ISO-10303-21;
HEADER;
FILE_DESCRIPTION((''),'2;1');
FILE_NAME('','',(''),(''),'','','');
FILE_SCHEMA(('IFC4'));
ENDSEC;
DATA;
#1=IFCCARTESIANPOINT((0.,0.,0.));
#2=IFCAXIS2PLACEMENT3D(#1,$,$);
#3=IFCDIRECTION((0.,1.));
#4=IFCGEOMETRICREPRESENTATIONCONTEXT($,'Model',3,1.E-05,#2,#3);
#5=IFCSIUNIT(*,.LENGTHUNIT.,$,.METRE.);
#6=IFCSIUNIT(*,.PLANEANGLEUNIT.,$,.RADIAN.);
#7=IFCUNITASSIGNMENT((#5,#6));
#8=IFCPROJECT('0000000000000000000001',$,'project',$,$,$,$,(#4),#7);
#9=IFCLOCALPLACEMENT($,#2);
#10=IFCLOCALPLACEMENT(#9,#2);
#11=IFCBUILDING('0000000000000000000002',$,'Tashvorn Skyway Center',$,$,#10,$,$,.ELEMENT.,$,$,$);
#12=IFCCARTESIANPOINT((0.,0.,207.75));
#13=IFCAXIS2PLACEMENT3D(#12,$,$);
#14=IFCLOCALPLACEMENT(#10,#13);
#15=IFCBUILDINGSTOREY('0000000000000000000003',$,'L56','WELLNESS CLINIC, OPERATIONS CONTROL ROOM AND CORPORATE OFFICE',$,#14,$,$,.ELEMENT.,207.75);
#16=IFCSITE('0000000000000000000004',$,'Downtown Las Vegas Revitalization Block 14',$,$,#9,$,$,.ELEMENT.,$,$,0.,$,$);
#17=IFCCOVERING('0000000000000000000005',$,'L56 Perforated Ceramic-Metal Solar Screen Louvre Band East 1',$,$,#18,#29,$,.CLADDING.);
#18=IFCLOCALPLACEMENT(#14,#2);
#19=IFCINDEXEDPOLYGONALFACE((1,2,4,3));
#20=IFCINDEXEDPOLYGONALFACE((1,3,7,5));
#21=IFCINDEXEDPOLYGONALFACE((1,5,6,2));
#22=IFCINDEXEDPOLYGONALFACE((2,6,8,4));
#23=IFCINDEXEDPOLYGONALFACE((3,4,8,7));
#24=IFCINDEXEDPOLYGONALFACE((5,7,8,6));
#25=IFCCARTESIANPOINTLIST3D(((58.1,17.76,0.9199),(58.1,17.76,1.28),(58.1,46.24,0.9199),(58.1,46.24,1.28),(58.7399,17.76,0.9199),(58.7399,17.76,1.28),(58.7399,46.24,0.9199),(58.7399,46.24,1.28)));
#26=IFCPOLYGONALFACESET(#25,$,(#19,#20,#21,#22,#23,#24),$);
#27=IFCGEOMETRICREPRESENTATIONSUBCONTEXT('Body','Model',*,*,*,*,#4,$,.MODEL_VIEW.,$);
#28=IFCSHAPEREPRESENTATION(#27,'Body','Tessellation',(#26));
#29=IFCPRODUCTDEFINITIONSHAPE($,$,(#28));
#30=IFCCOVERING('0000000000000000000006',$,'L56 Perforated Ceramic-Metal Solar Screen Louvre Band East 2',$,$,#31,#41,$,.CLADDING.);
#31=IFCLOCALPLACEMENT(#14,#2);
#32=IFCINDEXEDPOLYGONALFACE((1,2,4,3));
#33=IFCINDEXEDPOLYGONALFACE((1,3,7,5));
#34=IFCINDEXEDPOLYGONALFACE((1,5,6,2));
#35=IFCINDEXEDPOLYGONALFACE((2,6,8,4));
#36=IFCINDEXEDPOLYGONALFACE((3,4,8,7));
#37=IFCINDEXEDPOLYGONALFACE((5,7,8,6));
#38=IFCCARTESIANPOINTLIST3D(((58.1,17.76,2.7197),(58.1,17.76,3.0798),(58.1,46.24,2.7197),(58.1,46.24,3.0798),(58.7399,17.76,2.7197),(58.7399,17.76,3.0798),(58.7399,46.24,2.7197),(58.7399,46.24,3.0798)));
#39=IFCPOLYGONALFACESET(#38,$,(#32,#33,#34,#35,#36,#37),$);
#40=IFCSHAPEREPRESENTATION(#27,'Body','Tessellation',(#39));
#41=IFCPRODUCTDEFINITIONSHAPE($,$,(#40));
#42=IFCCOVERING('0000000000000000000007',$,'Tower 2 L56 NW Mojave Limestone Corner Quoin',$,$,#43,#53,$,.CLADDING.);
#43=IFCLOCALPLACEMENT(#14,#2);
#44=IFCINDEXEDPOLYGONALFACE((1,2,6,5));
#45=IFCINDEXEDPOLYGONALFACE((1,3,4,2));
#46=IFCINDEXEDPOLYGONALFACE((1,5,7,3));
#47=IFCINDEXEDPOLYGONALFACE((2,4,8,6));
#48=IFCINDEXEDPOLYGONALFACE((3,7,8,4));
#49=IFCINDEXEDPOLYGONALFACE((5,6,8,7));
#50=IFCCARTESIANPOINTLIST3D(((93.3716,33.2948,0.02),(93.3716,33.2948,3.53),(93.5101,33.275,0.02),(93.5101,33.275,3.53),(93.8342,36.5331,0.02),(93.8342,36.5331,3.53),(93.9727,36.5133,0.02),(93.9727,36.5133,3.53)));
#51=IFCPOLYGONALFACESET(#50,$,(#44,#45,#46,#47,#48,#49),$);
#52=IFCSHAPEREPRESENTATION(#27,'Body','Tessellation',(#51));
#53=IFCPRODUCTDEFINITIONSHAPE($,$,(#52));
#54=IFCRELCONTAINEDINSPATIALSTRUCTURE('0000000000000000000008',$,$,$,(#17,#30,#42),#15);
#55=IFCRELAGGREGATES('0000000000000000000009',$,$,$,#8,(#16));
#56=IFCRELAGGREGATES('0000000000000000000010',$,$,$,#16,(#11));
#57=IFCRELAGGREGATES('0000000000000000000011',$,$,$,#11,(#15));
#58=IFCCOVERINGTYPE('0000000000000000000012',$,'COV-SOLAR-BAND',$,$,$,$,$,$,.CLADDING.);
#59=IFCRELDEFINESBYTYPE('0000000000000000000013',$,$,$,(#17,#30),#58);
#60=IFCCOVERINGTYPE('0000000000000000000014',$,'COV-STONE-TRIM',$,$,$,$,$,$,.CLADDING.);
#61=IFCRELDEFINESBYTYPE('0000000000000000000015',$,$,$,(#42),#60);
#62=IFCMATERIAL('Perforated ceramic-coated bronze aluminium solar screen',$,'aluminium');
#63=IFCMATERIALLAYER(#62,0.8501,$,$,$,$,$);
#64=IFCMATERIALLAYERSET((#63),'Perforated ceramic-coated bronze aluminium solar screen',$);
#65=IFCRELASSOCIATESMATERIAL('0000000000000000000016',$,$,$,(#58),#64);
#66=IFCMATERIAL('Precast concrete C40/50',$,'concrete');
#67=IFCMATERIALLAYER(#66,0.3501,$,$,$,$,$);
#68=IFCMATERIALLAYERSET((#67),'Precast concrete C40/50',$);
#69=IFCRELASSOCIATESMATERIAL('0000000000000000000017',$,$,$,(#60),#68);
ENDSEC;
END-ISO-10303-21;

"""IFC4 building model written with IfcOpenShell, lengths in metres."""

from ifc_helpers import new_model, si_unit, direction, frame, origin, origin_2d, place, context, subcontext, project, spatial, rectangle, extrude, material, layer, layer_set, type_object, element, save


model = new_model("IFC4")

# Units and contexts
model_context = context("Model", 3, precision=1e-05, world=origin(), true_north=direction((0.0, 1.0)))
body_context = subcontext(model_context, "Body", "Model", "MODEL_VIEW")
ifc_project = project(units=[si_unit("LENGTHUNIT", "METRE"), si_unit("PLANEANGLEUNIT", "RADIAN")], contexts=[model_context])

# Site, building, storey
site_placement = place(None, origin())
site = spatial("IfcSite", under=ifc_project, at=site_placement, Name="Downtown Las Vegas Revitalization Block 14", CompositionType="ELEMENT", RefElevation=0.0)
building_placement = place(site_placement, origin())
building = spatial("IfcBuilding", under=site, at=building_placement, Name="Tashvorn Skyway Center", CompositionType="ELEMENT")
storey_placement = place(building_placement, frame((0.0, 0.0, 207.75)))
storey = spatial("IfcBuildingStorey", under=building, at=storey_placement, Name="L56", Description="WELLNESS CLINIC, OPERATIONS CONTROL ROOM AND CORPORATE OFFICE", CompositionType="ELEMENT", Elevation=207.75)

# Shared definitions
ifc_material_1 = material(Name="Precast concrete C40/50", Category="concrete")

# Coverings
ifc_material_2 = material(Name="Perforated ceramic-coated bronze aluminium solar screen", Category="aluminium")
ifc_layer_1 = layer(ifc_material_2, 0.8501)
ifc_layer_set_1 = layer_set([ifc_layer_1], Name="Perforated ceramic-coated bronze aluminium solar screen")
covering_type_1 = type_object("IfcCoveringType", Name="COV-SOLAR-BAND", PredefinedType="CLADDING", material=ifc_layer_set_1)
for number, where, z_axis, x_axis, name in (
    (1, (58.4199, 32.0, 0.9199), (0.0, 0.0, 1.0), (0.0, -1.0, 0.0), "L56 Perforated Ceramic-Metal Solar Screen Louvre Band East 1"),
    (2, (58.4199, 32.0, 2.7197), (0.0, 0.0, 1.0), (0.0, -1.0, 0.0), "L56 Perforated Ceramic-Metal Solar Screen Louvre Band East 2"),
):
    element("IfcCovering", number, at=place(storey_placement, frame(where, z_axis=z_axis, x_axis=x_axis)), inside=storey, type_object=covering_type_1, Name=name, PredefinedType="CLADDING", context=body_context, shape_type="SweptSolid", body=[
        extrude(rectangle(XDim=28.48, YDim=0.6399, at=origin_2d()), origin(), (0.0, 0.0, 1.0), 0.3601),
    ])
ifc_layer_2 = layer(ifc_material_1, 0.3501)
ifc_layer_set_2 = layer_set([ifc_layer_2], Name="Precast concrete C40/50")
covering_type_2 = type_object("IfcCoveringType", Name="COV-STONE-TRIM", PredefinedType="CLADDING", material=ifc_layer_set_2)
covering_1_placement = place(storey_placement, frame((93.6721, 34.9041, 0.02), z_axis=(0.0, 0.0, 1.0), x_axis=(-0.141421, -0.989949, 0.0)))
element("IfcCovering", 3, at=covering_1_placement, inside=storey, type_object=covering_type_2, Name="Tower 2 L56 NW Mojave Limestone Corner Quoin", PredefinedType="CLADDING", context=body_context, shape_type="SweptSolid", body=[
    extrude(rectangle(XDim=3.2712, YDim=0.1399, at=origin_2d()), origin(), (0.0, 0.0, 1.0), 3.51),
])

save(model, "model.ifc")
